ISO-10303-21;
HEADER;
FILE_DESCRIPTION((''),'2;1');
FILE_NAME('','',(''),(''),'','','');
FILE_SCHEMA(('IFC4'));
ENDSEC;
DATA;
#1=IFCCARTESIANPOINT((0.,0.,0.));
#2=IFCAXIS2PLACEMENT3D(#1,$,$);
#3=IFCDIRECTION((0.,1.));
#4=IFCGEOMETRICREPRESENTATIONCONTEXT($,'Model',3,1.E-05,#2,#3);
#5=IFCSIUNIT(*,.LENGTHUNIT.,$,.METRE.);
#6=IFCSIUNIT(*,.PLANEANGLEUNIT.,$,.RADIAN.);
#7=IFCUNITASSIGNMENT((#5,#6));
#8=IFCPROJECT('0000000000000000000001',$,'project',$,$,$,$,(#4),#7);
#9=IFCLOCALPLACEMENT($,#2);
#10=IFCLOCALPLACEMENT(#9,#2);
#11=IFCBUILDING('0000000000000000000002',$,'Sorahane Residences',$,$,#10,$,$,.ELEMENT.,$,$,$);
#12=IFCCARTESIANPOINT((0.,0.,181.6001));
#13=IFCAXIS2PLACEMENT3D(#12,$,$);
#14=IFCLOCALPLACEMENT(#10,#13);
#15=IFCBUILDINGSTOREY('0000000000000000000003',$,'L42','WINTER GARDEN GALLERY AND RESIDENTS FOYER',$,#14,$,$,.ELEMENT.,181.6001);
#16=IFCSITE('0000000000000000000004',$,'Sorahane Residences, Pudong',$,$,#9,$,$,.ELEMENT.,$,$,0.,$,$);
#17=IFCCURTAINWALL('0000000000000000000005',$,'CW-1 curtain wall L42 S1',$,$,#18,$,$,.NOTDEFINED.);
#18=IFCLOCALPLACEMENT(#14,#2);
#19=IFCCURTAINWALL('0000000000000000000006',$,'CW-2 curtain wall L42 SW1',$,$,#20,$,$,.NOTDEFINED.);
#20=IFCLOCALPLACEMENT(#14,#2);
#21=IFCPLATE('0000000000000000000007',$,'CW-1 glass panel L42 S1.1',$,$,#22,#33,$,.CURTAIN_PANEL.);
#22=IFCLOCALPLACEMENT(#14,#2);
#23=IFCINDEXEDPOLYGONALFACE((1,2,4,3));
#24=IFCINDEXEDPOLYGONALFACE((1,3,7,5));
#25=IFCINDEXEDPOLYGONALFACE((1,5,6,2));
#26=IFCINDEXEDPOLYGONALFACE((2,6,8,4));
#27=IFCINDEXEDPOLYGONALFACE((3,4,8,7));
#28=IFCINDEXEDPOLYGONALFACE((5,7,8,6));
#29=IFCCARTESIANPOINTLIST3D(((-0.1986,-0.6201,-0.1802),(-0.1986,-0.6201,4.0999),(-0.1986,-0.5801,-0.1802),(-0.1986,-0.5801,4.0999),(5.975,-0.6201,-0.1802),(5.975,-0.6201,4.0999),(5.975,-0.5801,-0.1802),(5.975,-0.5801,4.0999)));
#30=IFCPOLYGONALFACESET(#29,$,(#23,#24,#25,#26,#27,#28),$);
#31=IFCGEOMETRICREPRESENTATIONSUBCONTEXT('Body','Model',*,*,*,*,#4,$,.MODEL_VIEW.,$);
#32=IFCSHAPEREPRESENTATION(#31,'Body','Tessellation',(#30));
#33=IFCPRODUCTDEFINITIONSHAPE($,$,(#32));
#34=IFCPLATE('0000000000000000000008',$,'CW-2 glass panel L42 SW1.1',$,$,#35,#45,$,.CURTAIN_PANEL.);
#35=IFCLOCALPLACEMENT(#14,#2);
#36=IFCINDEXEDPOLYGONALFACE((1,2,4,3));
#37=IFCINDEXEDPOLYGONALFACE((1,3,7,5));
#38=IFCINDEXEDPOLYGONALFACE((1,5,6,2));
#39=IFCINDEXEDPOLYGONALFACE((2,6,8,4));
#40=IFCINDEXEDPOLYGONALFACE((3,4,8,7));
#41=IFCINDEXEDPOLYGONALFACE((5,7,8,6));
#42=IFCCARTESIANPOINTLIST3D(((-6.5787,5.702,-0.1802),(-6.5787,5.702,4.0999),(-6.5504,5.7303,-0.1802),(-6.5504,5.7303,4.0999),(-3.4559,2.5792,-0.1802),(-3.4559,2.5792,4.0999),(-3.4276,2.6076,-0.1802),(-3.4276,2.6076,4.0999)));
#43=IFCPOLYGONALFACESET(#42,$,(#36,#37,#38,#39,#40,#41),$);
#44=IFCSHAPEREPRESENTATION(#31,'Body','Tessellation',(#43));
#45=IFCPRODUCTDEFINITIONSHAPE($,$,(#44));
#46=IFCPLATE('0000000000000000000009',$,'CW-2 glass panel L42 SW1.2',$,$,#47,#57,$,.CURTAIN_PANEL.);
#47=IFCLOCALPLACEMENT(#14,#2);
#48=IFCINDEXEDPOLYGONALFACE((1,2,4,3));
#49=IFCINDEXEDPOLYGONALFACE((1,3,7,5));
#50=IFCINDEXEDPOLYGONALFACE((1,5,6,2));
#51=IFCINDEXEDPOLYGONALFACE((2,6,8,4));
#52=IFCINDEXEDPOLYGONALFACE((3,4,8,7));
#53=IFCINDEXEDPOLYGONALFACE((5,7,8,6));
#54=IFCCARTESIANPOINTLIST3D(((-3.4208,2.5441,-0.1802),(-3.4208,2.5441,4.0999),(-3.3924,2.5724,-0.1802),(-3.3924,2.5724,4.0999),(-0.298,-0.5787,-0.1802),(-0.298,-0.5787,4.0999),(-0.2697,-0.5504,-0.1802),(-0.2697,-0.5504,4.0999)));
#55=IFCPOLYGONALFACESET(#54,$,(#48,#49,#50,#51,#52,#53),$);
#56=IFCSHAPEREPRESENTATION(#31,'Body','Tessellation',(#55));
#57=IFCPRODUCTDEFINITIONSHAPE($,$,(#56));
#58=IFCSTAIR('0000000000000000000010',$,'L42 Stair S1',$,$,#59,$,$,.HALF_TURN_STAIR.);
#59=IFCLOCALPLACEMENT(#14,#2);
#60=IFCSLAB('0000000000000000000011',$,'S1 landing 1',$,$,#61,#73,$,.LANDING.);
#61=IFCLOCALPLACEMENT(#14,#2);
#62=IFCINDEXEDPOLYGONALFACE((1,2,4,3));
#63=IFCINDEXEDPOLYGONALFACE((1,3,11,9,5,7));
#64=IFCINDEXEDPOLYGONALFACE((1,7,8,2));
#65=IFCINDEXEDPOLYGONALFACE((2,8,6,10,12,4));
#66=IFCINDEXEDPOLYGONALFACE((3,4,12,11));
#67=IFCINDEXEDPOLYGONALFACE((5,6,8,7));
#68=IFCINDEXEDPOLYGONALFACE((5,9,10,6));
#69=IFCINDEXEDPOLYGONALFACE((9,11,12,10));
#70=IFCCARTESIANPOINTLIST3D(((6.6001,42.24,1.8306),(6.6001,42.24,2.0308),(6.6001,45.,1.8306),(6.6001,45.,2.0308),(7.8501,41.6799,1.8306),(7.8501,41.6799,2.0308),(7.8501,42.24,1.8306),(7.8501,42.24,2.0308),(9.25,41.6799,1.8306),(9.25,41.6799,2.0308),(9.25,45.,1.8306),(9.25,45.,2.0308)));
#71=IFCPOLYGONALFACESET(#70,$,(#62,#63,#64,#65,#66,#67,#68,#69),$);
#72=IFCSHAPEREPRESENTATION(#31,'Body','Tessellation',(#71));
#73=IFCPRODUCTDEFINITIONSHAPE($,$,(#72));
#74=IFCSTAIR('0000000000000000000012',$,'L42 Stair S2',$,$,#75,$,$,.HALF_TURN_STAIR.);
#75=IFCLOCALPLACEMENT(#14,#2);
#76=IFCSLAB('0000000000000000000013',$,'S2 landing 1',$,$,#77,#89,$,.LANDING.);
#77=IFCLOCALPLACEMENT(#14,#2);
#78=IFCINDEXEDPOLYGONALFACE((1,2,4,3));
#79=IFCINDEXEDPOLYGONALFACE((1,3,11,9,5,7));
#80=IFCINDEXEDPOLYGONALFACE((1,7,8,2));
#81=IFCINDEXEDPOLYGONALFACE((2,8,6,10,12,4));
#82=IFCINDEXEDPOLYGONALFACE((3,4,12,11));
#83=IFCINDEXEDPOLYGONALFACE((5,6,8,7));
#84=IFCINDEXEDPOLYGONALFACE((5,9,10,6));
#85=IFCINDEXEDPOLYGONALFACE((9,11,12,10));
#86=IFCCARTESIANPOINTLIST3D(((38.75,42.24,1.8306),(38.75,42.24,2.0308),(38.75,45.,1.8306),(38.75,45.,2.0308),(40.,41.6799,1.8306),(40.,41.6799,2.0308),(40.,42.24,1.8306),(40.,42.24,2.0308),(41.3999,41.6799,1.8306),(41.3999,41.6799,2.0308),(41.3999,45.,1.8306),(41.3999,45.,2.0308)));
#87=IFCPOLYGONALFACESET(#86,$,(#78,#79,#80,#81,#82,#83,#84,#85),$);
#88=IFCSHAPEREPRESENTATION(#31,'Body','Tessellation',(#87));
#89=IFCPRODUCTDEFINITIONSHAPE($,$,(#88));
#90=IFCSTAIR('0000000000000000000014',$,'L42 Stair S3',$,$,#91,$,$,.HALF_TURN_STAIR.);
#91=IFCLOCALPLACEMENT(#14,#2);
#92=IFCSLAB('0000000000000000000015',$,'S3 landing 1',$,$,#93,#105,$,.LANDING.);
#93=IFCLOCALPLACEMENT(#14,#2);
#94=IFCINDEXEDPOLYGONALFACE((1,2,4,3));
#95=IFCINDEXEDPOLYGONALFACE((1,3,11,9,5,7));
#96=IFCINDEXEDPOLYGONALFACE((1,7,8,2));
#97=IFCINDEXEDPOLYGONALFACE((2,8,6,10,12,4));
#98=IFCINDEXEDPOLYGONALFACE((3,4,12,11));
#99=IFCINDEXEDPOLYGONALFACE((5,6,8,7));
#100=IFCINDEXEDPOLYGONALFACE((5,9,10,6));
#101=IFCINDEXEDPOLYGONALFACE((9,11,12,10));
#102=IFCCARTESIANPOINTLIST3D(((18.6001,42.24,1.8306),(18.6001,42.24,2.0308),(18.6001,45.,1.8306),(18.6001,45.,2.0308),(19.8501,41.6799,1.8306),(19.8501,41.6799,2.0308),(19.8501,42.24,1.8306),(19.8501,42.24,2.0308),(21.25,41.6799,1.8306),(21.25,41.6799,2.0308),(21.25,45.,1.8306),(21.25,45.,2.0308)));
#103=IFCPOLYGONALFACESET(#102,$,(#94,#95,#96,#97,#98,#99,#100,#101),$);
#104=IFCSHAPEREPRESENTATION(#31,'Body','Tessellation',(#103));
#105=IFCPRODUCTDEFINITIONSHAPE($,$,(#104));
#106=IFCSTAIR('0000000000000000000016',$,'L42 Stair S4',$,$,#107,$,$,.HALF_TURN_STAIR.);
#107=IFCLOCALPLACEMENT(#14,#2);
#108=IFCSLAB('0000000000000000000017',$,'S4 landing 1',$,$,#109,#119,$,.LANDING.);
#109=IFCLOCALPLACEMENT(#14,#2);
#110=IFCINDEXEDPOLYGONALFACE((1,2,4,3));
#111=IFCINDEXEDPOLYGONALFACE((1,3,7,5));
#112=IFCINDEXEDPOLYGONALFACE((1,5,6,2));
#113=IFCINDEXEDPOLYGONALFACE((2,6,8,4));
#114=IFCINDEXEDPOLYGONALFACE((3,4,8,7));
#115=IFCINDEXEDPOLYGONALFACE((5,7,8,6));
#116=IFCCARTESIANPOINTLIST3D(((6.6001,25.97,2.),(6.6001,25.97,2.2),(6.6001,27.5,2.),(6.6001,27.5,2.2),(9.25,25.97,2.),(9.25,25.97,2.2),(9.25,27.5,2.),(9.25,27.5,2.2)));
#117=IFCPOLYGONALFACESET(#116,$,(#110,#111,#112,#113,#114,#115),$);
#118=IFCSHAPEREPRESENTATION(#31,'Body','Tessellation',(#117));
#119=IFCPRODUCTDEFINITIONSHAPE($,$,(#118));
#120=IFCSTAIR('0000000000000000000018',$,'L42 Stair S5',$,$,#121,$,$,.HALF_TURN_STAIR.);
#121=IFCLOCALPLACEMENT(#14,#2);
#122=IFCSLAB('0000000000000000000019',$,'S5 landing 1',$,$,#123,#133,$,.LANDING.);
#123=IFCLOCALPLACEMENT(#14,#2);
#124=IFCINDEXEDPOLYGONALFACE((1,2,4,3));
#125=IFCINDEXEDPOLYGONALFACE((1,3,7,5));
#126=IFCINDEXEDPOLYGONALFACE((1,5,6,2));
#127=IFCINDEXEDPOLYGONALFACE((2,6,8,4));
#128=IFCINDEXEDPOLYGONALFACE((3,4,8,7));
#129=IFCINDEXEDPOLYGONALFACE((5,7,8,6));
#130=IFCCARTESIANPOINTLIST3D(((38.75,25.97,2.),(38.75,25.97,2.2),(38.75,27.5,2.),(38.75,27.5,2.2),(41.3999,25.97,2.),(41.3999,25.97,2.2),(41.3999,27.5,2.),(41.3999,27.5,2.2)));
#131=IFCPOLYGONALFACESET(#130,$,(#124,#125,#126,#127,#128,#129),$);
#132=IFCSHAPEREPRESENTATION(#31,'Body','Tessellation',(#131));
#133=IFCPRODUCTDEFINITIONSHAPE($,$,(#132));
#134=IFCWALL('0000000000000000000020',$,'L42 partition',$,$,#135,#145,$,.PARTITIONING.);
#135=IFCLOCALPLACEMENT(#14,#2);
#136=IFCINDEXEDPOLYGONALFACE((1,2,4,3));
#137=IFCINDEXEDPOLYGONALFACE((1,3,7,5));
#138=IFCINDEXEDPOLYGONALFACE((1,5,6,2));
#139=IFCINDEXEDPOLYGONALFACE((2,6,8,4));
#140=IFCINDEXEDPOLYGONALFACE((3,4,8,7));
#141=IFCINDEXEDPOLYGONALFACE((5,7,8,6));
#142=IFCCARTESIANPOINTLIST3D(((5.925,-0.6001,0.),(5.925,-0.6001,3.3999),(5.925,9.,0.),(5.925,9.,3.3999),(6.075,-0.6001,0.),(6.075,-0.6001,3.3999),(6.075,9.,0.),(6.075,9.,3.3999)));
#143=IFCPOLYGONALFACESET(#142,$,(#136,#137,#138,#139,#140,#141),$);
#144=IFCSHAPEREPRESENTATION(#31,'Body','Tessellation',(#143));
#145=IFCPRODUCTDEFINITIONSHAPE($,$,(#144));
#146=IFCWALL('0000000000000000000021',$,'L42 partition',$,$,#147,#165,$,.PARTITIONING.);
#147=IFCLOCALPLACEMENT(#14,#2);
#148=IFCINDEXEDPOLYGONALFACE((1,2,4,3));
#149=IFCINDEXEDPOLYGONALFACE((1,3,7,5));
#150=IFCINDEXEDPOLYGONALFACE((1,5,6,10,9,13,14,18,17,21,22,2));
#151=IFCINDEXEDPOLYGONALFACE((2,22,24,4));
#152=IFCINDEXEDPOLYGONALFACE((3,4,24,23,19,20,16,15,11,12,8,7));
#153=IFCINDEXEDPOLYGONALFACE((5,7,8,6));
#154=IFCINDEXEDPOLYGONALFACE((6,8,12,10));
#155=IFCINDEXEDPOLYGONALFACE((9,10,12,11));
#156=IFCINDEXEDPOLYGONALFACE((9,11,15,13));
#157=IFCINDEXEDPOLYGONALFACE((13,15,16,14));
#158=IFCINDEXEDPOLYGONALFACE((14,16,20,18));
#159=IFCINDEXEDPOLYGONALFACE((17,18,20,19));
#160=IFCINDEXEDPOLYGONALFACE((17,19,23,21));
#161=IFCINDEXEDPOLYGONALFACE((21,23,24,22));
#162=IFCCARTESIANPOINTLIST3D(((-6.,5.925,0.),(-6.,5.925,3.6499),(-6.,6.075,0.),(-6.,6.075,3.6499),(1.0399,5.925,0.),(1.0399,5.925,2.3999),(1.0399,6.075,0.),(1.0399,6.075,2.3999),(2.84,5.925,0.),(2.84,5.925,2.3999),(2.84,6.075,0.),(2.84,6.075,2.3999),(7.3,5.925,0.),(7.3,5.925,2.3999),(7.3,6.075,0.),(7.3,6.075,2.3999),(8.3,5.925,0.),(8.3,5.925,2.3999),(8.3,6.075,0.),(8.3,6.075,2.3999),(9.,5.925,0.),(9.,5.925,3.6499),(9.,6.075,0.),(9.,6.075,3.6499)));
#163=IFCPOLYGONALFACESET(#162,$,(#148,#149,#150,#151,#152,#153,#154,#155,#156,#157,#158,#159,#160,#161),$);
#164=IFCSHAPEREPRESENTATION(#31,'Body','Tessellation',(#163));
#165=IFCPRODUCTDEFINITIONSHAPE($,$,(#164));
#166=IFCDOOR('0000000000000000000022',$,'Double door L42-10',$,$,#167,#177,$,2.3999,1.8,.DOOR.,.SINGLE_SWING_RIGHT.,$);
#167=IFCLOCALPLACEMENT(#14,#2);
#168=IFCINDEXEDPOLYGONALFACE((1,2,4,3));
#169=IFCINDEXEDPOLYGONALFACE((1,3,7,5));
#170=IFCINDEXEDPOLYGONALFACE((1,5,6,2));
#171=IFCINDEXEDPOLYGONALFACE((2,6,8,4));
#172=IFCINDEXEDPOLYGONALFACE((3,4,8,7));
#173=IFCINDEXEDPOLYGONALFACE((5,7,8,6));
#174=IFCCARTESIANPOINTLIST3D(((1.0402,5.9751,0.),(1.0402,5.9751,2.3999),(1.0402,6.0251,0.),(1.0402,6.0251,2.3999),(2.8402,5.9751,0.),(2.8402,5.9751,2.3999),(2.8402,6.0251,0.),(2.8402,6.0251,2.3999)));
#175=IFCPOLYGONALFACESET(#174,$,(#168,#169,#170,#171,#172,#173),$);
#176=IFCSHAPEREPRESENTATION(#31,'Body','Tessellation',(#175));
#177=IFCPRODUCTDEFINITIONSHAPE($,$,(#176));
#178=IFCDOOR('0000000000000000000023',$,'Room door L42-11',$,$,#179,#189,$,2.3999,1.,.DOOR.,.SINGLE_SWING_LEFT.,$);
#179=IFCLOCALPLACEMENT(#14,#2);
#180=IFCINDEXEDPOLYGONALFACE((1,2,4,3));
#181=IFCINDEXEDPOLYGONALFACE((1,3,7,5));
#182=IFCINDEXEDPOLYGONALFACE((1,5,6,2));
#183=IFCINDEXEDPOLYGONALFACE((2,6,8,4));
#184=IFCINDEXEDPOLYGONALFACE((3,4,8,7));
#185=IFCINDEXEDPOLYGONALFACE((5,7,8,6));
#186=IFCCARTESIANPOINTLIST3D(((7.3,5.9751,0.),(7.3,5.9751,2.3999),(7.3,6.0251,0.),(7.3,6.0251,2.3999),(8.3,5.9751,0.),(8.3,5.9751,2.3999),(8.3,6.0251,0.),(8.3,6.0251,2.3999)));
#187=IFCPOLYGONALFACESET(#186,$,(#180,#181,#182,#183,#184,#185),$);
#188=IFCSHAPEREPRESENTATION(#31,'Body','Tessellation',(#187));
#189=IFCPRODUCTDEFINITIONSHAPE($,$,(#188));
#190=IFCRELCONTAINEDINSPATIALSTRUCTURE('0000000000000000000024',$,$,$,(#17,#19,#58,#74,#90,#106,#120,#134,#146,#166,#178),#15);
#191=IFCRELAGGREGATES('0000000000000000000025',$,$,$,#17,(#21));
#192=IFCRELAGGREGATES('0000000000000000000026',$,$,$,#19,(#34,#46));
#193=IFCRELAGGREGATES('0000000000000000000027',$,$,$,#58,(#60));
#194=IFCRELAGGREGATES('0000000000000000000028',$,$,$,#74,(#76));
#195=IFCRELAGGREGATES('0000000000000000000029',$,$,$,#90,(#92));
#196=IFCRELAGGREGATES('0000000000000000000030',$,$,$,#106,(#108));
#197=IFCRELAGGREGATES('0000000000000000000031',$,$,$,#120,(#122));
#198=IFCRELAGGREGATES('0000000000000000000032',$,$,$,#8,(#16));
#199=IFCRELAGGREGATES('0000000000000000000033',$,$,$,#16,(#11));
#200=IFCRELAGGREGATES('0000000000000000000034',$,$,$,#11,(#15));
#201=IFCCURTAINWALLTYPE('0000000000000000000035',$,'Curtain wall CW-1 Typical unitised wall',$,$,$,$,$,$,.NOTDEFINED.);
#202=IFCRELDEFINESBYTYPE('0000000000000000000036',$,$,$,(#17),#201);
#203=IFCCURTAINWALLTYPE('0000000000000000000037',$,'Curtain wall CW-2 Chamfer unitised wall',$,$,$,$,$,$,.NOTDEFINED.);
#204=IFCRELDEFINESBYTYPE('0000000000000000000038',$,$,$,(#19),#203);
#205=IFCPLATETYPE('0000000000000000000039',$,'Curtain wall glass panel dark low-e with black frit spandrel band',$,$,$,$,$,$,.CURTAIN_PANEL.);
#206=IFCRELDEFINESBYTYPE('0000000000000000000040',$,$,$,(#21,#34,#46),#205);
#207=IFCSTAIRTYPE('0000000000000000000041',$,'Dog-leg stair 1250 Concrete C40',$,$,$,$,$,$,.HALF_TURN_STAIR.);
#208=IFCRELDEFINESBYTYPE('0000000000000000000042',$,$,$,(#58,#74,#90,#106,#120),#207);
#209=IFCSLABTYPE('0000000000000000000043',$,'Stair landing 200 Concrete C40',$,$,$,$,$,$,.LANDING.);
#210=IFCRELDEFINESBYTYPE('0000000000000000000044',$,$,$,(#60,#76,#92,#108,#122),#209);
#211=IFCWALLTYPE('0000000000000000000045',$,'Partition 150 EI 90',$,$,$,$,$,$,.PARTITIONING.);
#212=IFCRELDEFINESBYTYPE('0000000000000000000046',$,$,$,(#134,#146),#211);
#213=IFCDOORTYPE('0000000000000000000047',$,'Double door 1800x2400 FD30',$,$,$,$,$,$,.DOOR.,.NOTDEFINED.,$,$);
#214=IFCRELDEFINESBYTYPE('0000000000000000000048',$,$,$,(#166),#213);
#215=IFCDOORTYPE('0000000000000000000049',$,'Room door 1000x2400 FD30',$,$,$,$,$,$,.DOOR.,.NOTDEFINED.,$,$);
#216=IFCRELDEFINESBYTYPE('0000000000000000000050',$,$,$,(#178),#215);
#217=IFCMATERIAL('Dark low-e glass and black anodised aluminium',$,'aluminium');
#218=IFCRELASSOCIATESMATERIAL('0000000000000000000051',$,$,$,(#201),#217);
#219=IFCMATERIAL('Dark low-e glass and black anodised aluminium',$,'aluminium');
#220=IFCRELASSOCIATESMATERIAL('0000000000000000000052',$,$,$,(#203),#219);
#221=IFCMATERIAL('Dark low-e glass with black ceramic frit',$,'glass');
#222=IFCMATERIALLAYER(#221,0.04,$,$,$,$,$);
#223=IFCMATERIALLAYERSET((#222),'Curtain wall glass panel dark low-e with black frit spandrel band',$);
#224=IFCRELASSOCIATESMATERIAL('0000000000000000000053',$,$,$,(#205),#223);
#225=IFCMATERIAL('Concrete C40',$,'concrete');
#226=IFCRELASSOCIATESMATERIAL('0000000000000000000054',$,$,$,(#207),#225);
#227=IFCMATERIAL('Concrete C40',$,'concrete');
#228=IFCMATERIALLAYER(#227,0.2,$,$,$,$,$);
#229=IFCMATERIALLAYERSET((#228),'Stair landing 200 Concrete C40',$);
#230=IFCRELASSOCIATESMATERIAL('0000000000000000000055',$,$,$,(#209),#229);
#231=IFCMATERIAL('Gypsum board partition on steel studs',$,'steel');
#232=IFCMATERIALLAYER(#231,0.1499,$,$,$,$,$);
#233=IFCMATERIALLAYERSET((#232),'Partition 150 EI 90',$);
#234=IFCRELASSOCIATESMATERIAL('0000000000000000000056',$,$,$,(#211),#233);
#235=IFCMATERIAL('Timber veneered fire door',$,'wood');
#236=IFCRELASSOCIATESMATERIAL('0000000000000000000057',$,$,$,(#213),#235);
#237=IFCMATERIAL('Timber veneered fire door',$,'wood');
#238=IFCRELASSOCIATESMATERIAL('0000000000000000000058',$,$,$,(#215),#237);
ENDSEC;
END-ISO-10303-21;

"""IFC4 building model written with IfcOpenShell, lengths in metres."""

from ifc_helpers import new_model, si_unit, direction, frame, frame_2d, origin, origin_2d, place, context, subcontext, project, spatial, polyline, rectangle, outline, extrude, material, layer, layer_set, type_object, element, fill, aggregate, save


model = new_model("IFC4")

# Units and contexts
model_context = context("Model", 3, precision=1e-05, world=origin(), true_north=direction((0.0, 1.0)))
body_context = subcontext(model_context, "Body", "Model", "MODEL_VIEW")
ifc_project = project(units=[si_unit("LENGTHUNIT", "METRE"), si_unit("PLANEANGLEUNIT", "RADIAN")], contexts=[model_context])

# Site, building, storey
site_placement = place(None, origin())
site = spatial("IfcSite", under=ifc_project, at=site_placement, Name="Sorahane Residences, Pudong", CompositionType="ELEMENT", RefElevation=0.0)
building_placement = place(site_placement, origin())
building = spatial("IfcBuilding", under=site, at=building_placement, Name="Sorahane Residences", CompositionType="ELEMENT")
storey_placement = place(building_placement, frame((0.0, 0.0, 181.6001)))
storey = spatial("IfcBuildingStorey", under=building, at=storey_placement, Name="L42", Description="WINTER GARDEN GALLERY AND RESIDENTS FOYER", CompositionType="ELEMENT", Elevation=181.6001)

# Curtain wall
ifc_material_1 = material(Name="Dark low-e glass and black anodised aluminium", Category="aluminium")
curtain_wall_type_1 = type_object("IfcCurtainWallType", Name="Curtain wall CW-1 Typical unitised wall", PredefinedType="NOTDEFINED", material=ifc_material_1)
curtain_wall_1_placement = place(storey_placement, origin())
curtain_wall_1 = element("IfcCurtainWall", 1, at=curtain_wall_1_placement, inside=storey, type_object=curtain_wall_type_1, Name="CW-1 curtain wall L42 S1", PredefinedType="NOTDEFINED")

# Curtain wall
ifc_material_2 = material(Name="Dark low-e glass and black anodised aluminium", Category="aluminium")
curtain_wall_type_2 = type_object("IfcCurtainWallType", Name="Curtain wall CW-2 Chamfer unitised wall", PredefinedType="NOTDEFINED", material=ifc_material_2)
curtain_wall_2_placement = place(storey_placement, origin())
curtain_wall_2 = element("IfcCurtainWall", 2, at=curtain_wall_2_placement, inside=storey, type_object=curtain_wall_type_2, Name="CW-2 curtain wall L42 SW1", PredefinedType="NOTDEFINED")

# Plates
ifc_material_3 = material(Name="Dark low-e glass with black ceramic frit", Category="glass")
ifc_layer_1 = layer(ifc_material_3, 0.04)
ifc_layer_set_1 = layer_set([ifc_layer_1], Name="Curtain wall glass panel dark low-e with black frit spandrel band")
plate_type = type_object("IfcPlateType", Name="Curtain wall glass panel dark low-e with black frit spandrel band", PredefinedType="CURTAIN_PANEL", material=ifc_layer_set_1)
plate_1_placement = place(storey_placement, frame((2.8882, -0.6001, -0.1802), z_axis=(0.0, 0.0, 1.0), x_axis=(1.0, 0.0, 0.0)))
plate_1 = element("IfcPlate", 3, at=plate_1_placement, type_object=plate_type, Name="CW-1 glass panel L42 S1.1", PredefinedType="CURTAIN_PANEL", context=body_context, shape_type="SweptSolid", body=[
    extrude(rectangle(XDim=6.1736, YDim=0.04, at=origin_2d()), origin(), (0.0, 0.0, 1.0), 4.28),
])
aggregate(curtain_wall_1, [plate_1])
plate_2_placement = place(storey_placement, frame((-5.0032, 4.1548, -0.1802), z_axis=(0.0, 0.0, 1.0), x_axis=(0.707107, -0.707107, 0.0)))
plate_2 = element("IfcPlate", 4, at=plate_2_placement, type_object=plate_type, Name="CW-2 glass panel L42 SW1.1", PredefinedType="CURTAIN_PANEL", context=body_context, shape_type="SweptSolid", body=[
    extrude(rectangle(XDim=4.4163, YDim=0.04, at=origin_2d()), origin(), (0.0, 0.0, 1.0), 4.28),
])
plate_3_placement = place(storey_placement, frame((-1.8452, 0.9968, -0.1802), z_axis=(0.0, 0.0, 1.0), x_axis=(0.707107, -0.707107, 0.0)))
plate_3 = element("IfcPlate", 5, at=plate_3_placement, type_object=plate_type, Name="CW-2 glass panel L42 SW1.2", PredefinedType="CURTAIN_PANEL", context=body_context, shape_type="SweptSolid", body=[
    extrude(rectangle(XDim=4.4163, YDim=0.04, at=origin_2d()), origin(), (0.0, 0.0, 1.0), 4.28),
])
aggregate(curtain_wall_2, [plate_2, plate_3])

# Stairs, slabs
ifc_material_4 = material(Name="Concrete C40", Category="concrete")
stair_type = type_object("IfcStairType", Name="Dog-leg stair 1250 Concrete C40", PredefinedType="HALF_TURN_STAIR", material=ifc_material_4)
stair_1_placement = place(storey_placement, origin())
stair_1 = element("IfcStair", 6, at=stair_1_placement, inside=storey, type_object=stair_type, Name="L42 Stair S1", PredefinedType="HALF_TURN_STAIR")
ifc_material_5 = material(Name="Concrete C40", Category="concrete")
ifc_layer_2 = layer(ifc_material_5, 0.2)
ifc_layer_set_2 = layer_set([ifc_layer_2], Name="Stair landing 200 Concrete C40")
slab_type_1 = type_object("IfcSlabType", Name="Stair landing 200 Concrete C40", PredefinedType="LANDING", material=ifc_layer_set_2)
slab_1_placement = place(storey_placement, frame((0.0, 0.0, 1.8306)))
slab_1 = element("IfcSlab", 7, at=slab_1_placement, type_object=slab_type_1, Name="S1 landing 1", PredefinedType="LANDING", context=body_context, shape_type="SweptSolid", body=[
    extrude(outline(polyline([(9.25, 41.6799), (9.25, 45.0), (6.6001, 45.0), (6.6001, 42.24), (7.8501, 42.24), (7.8501, 41.6799), (9.25, 41.6799)])), origin(), (0.0, 0.0, 1.0), 0.2002),
])
aggregate(stair_1, [slab_1])
stair_2_placement = place(storey_placement, origin())
stair_2 = element("IfcStair", 8, at=stair_2_placement, inside=storey, type_object=stair_type, Name="L42 Stair S2", PredefinedType="HALF_TURN_STAIR")
slab_2_placement = place(storey_placement, frame((0.0, 0.0, 1.8306)))
slab_2 = element("IfcSlab", 9, at=slab_2_placement, type_object=slab_type_1, Name="S2 landing 1", PredefinedType="LANDING", context=body_context, shape_type="SweptSolid", body=[
    extrude(outline(polyline([(41.3999, 41.6799), (41.3999, 45.0), (38.75, 45.0), (38.75, 42.24), (40.0, 42.24), (40.0, 41.6799), (41.3999, 41.6799)])), origin(), (0.0, 0.0, 1.0), 0.2002),
])
aggregate(stair_2, [slab_2])
stair_3_placement = place(storey_placement, origin())
stair_3 = element("IfcStair", 10, at=stair_3_placement, inside=storey, type_object=stair_type, Name="L42 Stair S3", PredefinedType="HALF_TURN_STAIR")
slab_3_placement = place(storey_placement, frame((0.0, 0.0, 1.8306)))
slab_3 = element("IfcSlab", 11, at=slab_3_placement, type_object=slab_type_1, Name="S3 landing 1", PredefinedType="LANDING", context=body_context, shape_type="SweptSolid", body=[
    extrude(outline(polyline([(21.25, 41.6799), (21.25, 45.0), (18.6001, 45.0), (18.6001, 42.24), (19.8501, 42.24), (19.8501, 41.6799), (21.25, 41.6799)])), origin(), (0.0, 0.0, 1.0), 0.2002),
])
aggregate(stair_3, [slab_3])
stair_4_placement = place(storey_placement, origin())
stair_4 = element("IfcStair", 12, at=stair_4_placement, inside=storey, type_object=stair_type, Name="L42 Stair S4", PredefinedType="HALF_TURN_STAIR")
slab_4_placement = place(storey_placement, frame((0.0, 0.0, 2.0)))
slab_4 = element("IfcSlab", 13, at=slab_4_placement, type_object=slab_type_1, Name="S4 landing 1", PredefinedType="LANDING", context=body_context, shape_type="SweptSolid", body=[
    extrude(outline(polyline([(9.25, 25.97), (9.25, 27.5), (6.6001, 27.5), (6.6001, 25.97), (9.25, 25.97)])), origin(), (0.0, 0.0, 1.0), 0.2),
])
aggregate(stair_4, [slab_4])
stair_5_placement = place(storey_placement, origin())
stair_5 = element("IfcStair", 14, at=stair_5_placement, inside=storey, type_object=stair_type, Name="L42 Stair S5", PredefinedType="HALF_TURN_STAIR")
slab_5_placement = place(storey_placement, frame((0.0, 0.0, 2.0)))
slab_5 = element("IfcSlab", 15, at=slab_5_placement, type_object=slab_type_1, Name="S5 landing 1", PredefinedType="LANDING", context=body_context, shape_type="SweptSolid", body=[
    extrude(outline(polyline([(41.3999, 25.97), (41.3999, 27.5), (38.75, 27.5), (38.75, 25.97), (41.3999, 25.97)])), origin(), (0.0, 0.0, 1.0), 0.2),
])
aggregate(stair_5, [slab_5])

# Wall
ifc_material_6 = material(Name="Gypsum board partition on steel studs", Category="steel")
ifc_layer_3 = layer(ifc_material_6, 0.1499)
ifc_layer_set_3 = layer_set([ifc_layer_3], Name="Partition 150 EI 90")
wall_type = type_object("IfcWallType", Name="Partition 150 EI 90", PredefinedType="PARTITIONING", material=ifc_layer_set_3)
wall_1_placement = place(storey_placement, frame((6.0, -0.6001, 0.0), z_axis=(0.0, 0.0, 1.0), x_axis=(0.0, 1.0, 0.0)))
element("IfcWall", 16, at=wall_1_placement, inside=storey, type_object=wall_type, Name="L42 partition", PredefinedType="PARTITIONING", context=body_context, shape_type="SweptSolid", body=[
    extrude(rectangle(XDim=9.6001, YDim=0.1499, at=frame_2d((4.8, 0.0))), origin(), (0.0, 0.0, 1.0), 3.3999),
])

# Wall, openings, doors
wall_2_placement = place(storey_placement, frame((-6.0, 6.0, 0.0), z_axis=(0.0, 0.0, 1.0), x_axis=(1.0, 0.0, 0.0)))
wall_2 = element("IfcWall", 17, at=wall_2_placement, inside=storey, type_object=wall_type, Name="L42 partition", PredefinedType="PARTITIONING", context=body_context, shape_type="SweptSolid", body=[
    extrude(rectangle(XDim=15.0, YDim=0.1499, at=frame_2d((7.5, 0.0))), origin(), (0.0, 0.0, 1.0), 3.6499),
])
opening_1_placement = place(wall_2_placement, frame((7.04, 0.0, 0.0)))
opening_1 = element("IfcOpeningElement", 18, at=opening_1_placement, cuts=wall_2, PredefinedType="OPENING", context=body_context, shape_type="SweptSolid", body=[
    extrude(rectangle(XDim=1.8, YDim=2.3999, at=frame_2d((0.8999, 1.2))), frame((0.0, 0.085, 0.0), z_axis=(0.0, -1.0, 0.0), x_axis=(1.0, 0.0, 0.0)), (0.0, 0.0, 1.0), 0.1699),
])
opening_2_placement = place(wall_2_placement, frame((13.3, 0.0, 0.0)))
opening_2 = element("IfcOpeningElement", 19, at=opening_2_placement, cuts=wall_2, PredefinedType="OPENING", context=body_context, shape_type="SweptSolid", body=[
    extrude(rectangle(XDim=1.0, YDim=2.3999, at=frame_2d((0.5, 1.2))), frame((0.0, 0.085, 0.0), z_axis=(0.0, -1.0, 0.0), x_axis=(1.0, 0.0, 0.0)), (0.0, 0.0, 1.0), 0.1699),
])
ifc_material_7 = material(Name="Timber veneered fire door", Category="wood")
door_type_1 = type_object("IfcDoorType", Name="Double door 1800x2400 FD30", OperationType="NOTDEFINED", PredefinedType="DOOR", material=ifc_material_7)
door_1_placement = place(opening_1_placement, frame((1.8, 0.0, 0.0), z_axis=(0.0, 0.0, 1.0), x_axis=(-1.0, 0.0, 0.0)))
door_1 = element("IfcDoor", 20, at=door_1_placement, inside=storey, type_object=door_type_1, Name="Double door L42-10", OperationType="SINGLE_SWING_RIGHT", OverallHeight=2.3999, OverallWidth=1.8, PredefinedType="DOOR", context=body_context, shape_type="SweptSolid", body=[
    extrude(rectangle(XDim=1.8, YDim=2.3999, at=frame_2d((0.8999, 1.2))), frame((0.0, 0.0249, 0.0), z_axis=(0.0, -1.0, 0.0), x_axis=(1.0, 0.0, 0.0)), (0.0, 0.0, 1.0), 0.05),
])
fill(opening_1, door_1)
ifc_material_8 = material(Name="Timber veneered fire door", Category="wood")
door_type_2 = type_object("IfcDoorType", Name="Room door 1000x2400 FD30", OperationType="NOTDEFINED", PredefinedType="DOOR", material=ifc_material_8)
door_2_placement = place(opening_2_placement, frame((1.0, 0.0, 0.0), z_axis=(0.0, 0.0, 1.0), x_axis=(-1.0, 0.0, 0.0)))
door_2 = element("IfcDoor", 21, at=door_2_placement, inside=storey, type_object=door_type_2, Name="Room door L42-11", OperationType="SINGLE_SWING_LEFT", OverallHeight=2.3999, OverallWidth=1.0, PredefinedType="DOOR", context=body_context, shape_type="SweptSolid", body=[
    extrude(rectangle(XDim=1.0, YDim=2.3999, at=frame_2d((0.5, 1.2))), frame((0.0, 0.0249, 0.0), z_axis=(0.0, -1.0, 0.0), x_axis=(1.0, 0.0, 0.0)), (0.0, 0.0, 1.0), 0.05),
])
fill(opening_2, door_2)

save(model, "model.ifc")
